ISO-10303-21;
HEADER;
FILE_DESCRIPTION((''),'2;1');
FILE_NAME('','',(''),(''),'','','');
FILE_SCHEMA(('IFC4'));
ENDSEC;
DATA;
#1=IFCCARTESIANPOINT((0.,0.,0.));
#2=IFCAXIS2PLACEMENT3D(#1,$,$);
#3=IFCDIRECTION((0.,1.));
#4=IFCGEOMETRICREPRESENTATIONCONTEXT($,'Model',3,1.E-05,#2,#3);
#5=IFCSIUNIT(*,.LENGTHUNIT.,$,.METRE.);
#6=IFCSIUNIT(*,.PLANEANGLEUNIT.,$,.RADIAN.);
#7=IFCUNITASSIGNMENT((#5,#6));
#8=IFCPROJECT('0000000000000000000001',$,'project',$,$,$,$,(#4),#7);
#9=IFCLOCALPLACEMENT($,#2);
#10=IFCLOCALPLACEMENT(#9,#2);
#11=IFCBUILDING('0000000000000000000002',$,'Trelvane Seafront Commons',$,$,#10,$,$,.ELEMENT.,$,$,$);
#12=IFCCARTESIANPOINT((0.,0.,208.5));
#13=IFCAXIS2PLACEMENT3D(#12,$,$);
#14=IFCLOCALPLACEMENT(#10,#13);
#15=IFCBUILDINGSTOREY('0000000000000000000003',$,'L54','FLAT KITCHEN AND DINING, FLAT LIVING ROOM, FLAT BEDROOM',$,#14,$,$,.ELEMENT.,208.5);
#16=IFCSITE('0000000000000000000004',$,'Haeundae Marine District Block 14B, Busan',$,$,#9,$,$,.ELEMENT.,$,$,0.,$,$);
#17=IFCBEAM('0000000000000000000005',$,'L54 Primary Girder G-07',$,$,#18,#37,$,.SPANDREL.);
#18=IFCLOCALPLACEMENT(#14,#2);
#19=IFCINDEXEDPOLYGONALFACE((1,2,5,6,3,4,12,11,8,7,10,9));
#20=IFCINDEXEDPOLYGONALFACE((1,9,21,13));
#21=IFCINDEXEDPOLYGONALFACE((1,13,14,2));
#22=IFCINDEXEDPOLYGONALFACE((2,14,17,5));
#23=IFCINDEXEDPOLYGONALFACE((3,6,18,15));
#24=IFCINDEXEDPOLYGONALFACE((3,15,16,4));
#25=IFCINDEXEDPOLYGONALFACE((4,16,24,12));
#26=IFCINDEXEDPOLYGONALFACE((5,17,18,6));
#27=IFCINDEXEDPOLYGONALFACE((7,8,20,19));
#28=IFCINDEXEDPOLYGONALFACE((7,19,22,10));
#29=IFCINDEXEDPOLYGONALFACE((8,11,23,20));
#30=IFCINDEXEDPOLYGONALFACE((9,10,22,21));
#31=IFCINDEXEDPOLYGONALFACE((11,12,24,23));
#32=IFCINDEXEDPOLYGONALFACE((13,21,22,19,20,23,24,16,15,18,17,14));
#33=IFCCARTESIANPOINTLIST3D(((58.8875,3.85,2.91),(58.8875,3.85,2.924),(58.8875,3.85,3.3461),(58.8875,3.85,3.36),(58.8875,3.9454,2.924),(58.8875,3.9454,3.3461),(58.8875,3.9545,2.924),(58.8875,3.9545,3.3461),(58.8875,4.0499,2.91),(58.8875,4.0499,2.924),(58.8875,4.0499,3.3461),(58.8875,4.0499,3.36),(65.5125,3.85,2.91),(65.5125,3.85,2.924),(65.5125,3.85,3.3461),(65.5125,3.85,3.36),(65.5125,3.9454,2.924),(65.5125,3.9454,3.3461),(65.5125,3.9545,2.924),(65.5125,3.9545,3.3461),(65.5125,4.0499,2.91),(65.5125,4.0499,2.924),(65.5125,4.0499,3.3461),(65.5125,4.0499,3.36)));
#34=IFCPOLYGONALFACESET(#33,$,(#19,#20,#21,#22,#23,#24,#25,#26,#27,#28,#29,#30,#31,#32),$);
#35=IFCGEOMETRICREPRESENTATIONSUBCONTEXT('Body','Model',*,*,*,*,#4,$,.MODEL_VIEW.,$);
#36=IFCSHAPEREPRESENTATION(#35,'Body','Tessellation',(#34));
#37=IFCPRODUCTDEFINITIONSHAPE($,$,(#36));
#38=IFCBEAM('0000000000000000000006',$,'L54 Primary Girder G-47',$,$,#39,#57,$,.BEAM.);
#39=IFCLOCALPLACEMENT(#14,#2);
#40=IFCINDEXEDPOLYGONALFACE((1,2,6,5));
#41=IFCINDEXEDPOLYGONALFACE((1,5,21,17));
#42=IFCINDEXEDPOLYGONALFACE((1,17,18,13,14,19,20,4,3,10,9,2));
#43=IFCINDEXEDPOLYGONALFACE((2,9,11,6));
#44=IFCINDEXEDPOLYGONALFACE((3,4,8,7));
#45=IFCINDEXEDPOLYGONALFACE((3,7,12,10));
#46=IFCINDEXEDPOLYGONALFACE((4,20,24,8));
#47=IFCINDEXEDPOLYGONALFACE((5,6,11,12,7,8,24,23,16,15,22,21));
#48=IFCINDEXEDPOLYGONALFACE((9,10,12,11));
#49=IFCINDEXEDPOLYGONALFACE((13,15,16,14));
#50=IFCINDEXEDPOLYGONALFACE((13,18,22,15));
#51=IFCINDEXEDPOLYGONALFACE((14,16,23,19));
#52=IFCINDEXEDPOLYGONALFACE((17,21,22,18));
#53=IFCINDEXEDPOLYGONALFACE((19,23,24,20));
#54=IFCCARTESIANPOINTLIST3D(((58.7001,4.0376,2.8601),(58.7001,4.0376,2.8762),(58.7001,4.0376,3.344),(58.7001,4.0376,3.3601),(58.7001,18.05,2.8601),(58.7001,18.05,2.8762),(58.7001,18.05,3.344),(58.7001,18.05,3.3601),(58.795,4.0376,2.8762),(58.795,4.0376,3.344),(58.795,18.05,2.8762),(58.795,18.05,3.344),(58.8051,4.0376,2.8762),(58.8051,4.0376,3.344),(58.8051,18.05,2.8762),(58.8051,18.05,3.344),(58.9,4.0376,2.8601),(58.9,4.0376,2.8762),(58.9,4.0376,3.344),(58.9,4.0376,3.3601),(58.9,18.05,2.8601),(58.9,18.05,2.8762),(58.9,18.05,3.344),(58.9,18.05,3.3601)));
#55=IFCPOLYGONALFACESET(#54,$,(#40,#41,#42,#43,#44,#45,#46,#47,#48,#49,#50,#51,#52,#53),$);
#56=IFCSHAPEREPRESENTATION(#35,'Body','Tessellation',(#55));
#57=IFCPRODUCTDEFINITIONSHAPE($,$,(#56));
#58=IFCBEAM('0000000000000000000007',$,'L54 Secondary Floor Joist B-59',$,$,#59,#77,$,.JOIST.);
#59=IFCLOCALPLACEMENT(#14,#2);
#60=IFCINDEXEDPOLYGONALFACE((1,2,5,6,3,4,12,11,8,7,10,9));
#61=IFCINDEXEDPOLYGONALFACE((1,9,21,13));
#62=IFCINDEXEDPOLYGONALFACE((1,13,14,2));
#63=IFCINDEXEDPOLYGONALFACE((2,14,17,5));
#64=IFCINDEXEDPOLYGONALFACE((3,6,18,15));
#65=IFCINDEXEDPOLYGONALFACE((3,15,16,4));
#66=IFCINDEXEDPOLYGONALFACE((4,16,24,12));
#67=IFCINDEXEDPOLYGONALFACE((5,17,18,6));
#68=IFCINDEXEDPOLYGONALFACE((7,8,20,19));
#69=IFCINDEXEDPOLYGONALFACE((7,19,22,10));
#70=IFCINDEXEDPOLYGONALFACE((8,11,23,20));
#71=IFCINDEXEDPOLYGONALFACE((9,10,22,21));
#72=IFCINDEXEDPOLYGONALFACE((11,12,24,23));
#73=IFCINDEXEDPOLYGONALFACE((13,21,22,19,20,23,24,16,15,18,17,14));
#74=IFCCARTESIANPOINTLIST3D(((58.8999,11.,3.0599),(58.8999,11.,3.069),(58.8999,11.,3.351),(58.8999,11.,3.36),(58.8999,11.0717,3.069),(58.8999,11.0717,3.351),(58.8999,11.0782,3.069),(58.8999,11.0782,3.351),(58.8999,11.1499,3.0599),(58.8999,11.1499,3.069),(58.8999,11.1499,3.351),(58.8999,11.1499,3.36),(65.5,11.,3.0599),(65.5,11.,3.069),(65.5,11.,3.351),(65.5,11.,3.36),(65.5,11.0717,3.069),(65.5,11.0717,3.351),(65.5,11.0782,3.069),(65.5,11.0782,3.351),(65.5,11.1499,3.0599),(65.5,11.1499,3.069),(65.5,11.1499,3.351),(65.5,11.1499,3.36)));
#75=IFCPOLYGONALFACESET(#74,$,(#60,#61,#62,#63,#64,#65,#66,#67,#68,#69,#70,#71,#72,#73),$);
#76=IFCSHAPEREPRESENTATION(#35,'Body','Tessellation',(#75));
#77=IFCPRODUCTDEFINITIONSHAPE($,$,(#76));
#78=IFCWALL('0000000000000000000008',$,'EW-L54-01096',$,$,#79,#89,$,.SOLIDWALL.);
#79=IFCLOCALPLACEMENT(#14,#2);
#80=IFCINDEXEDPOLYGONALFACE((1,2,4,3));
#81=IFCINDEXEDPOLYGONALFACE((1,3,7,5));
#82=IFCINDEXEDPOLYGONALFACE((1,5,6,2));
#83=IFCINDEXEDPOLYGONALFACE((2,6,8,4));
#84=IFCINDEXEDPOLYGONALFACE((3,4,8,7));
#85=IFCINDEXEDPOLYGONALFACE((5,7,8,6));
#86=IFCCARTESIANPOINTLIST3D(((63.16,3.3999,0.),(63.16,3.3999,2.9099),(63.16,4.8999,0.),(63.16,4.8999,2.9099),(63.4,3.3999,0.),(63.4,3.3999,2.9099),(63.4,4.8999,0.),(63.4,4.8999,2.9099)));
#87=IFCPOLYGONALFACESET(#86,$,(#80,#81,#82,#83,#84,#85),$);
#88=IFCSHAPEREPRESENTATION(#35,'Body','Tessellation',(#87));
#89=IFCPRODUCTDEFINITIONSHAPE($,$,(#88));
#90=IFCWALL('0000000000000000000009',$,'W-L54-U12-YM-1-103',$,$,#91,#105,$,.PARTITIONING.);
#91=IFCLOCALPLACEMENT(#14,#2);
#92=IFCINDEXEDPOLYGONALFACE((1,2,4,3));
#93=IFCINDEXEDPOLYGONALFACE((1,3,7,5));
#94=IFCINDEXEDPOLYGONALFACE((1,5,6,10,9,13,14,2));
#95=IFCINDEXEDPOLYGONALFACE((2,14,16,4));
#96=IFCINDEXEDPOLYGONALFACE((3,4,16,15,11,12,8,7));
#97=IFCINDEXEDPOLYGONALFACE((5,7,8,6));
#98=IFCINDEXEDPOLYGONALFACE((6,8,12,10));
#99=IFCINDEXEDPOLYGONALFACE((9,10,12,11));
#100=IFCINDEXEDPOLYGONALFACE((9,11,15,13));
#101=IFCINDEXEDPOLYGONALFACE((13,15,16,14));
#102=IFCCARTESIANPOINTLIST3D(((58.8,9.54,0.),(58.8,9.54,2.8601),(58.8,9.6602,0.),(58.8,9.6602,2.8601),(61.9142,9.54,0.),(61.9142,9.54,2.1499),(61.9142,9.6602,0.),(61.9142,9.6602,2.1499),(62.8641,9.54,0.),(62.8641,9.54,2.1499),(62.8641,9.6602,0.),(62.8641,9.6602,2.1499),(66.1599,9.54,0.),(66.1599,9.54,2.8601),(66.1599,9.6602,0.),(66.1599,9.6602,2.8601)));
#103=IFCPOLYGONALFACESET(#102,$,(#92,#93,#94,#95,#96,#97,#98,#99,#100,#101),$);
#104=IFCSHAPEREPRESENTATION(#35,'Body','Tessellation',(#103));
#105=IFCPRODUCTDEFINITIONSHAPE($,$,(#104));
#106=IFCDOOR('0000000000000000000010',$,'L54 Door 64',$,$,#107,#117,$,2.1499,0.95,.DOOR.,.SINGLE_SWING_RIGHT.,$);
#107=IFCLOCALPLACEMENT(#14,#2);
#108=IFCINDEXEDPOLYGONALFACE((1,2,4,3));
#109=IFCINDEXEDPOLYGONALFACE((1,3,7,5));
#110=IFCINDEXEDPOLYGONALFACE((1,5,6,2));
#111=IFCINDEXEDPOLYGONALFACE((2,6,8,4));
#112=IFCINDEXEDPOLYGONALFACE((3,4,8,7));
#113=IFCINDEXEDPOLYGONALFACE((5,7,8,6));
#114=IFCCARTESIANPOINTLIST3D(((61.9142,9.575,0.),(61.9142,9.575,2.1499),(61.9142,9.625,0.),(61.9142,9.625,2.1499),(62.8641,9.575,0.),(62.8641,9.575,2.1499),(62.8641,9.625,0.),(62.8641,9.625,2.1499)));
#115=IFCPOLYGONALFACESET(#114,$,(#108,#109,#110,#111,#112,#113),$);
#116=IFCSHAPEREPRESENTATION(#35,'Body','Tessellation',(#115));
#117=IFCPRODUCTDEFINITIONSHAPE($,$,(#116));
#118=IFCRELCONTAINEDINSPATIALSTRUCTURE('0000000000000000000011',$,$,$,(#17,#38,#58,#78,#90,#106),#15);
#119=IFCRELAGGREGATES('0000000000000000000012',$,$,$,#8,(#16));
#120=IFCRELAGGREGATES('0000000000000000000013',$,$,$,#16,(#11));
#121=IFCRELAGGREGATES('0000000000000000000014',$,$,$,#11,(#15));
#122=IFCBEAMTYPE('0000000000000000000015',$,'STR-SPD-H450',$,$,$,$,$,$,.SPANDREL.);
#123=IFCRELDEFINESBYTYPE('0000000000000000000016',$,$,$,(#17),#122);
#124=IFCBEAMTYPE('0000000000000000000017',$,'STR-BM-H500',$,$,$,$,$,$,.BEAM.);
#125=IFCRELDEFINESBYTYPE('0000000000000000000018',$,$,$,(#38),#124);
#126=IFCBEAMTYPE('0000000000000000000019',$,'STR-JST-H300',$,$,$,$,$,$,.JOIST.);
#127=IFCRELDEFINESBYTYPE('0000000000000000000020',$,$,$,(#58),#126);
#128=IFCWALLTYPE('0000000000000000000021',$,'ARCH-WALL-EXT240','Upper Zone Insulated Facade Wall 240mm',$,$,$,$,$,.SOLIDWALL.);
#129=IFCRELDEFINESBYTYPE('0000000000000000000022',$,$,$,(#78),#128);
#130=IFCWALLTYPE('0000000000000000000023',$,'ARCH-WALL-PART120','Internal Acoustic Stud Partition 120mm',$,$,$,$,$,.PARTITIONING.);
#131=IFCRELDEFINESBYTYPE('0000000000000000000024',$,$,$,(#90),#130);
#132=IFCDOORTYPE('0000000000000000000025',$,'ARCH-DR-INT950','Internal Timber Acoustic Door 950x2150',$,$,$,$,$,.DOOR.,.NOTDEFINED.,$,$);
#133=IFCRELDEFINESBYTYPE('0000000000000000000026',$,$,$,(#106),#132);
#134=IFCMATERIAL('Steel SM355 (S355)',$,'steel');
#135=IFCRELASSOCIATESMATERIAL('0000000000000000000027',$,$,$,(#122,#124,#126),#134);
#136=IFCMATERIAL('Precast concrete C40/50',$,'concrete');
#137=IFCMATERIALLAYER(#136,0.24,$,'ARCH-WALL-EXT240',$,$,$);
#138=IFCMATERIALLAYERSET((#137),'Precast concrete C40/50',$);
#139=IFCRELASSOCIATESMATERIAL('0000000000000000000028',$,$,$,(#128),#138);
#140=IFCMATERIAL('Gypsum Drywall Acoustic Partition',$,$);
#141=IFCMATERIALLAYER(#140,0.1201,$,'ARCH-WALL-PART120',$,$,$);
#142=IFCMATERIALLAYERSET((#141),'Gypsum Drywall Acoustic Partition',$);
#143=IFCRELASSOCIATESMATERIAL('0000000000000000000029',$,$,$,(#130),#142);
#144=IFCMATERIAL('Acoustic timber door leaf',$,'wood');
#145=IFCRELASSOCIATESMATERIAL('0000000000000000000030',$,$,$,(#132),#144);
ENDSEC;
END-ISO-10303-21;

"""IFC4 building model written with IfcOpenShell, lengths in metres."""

from ifc_helpers import new_model, si_unit, direction, frame, frame_2d, origin, origin_2d, place, context, subcontext, project, spatial, rectangle, i_section, extrude, source, transform, mapped, material, layer, layer_set, material_profile, profile_set, type_object, element, fill, save


model = new_model("IFC4")

# Units and contexts
model_context = context("Model", 3, precision=1e-05, world=origin(), true_north=direction((0.0, 1.0)))
body_context = subcontext(model_context, "Body", "Model", "MODEL_VIEW")
ifc_project = project(units=[si_unit("LENGTHUNIT", "METRE"), si_unit("PLANEANGLEUNIT", "RADIAN")], contexts=[model_context])

# Site, building, storey
site_placement = place(None, origin())
site = spatial("IfcSite", under=ifc_project, at=site_placement, Name="Haeundae Marine District Block 14B, Busan", CompositionType="ELEMENT", RefElevation=0.0)
building_placement = place(site_placement, origin())
building = spatial("IfcBuilding", under=site, at=building_placement, Name="Trelvane Seafront Commons", CompositionType="ELEMENT")
storey_placement = place(building_placement, frame((0.0, 0.0, 208.5)))
storey = spatial("IfcBuildingStorey", under=building, at=storey_placement, Name="L54", Description="FLAT KITCHEN AND DINING, FLAT LIVING ROOM, FLAT BEDROOM", CompositionType="ELEMENT", Elevation=208.5)

# Beams
ifc_material_1 = material(Name="Steel SM355 (S355)", Category="steel")
ifc_material_profile_1 = material_profile(ifc_material_1, i_section(OverallWidth=0.2, OverallDepth=0.45, WebThickness=0.009, FlangeThickness=0.0139, at=origin_2d()), Name="H-450x200x9x14")
ifc_profile_set_1 = profile_set([ifc_material_profile_1], Name="Steel SM355 (S355)")
beam_type_1 = type_object("IfcBeamType", Name="STR-SPD-H450", PredefinedType="SPANDREL", material=ifc_profile_set_1)
shared_shape_1 = source(origin(), body_context, "Body", "SweptSolid", [
    extrude(i_section(OverallWidth=0.2, OverallDepth=0.45, WebThickness=0.009, FlangeThickness=0.0139, at=origin_2d()), origin(), (0.0, 0.0, 1.0), 6.625),
])
beam_1_placement = place(storey_placement, frame((58.8875, 3.95, 3.135), z_axis=(1.0, 0.0, 0.0), x_axis=(0.0, 1.0, 0.0)))
element("IfcBeam", 1, at=beam_1_placement, inside=storey, type_object=beam_type_1, Name="L54 Primary Girder G-07", PredefinedType="SPANDREL", context=body_context, shape_type="MappedRepresentation", body=[
    mapped(shared_shape_1, transform((0.0, 0.0, 0.0), x_axis=(1.0, 0.0, 0.0), y_axis=(0.0, 1.0, 0.0), z_axis=(0.0, 0.0, 1.0), scale=1.0)),
])
ifc_material_profile_2 = material_profile(ifc_material_1, i_section(OverallWidth=0.2, OverallDepth=0.5, WebThickness=0.01, FlangeThickness=0.0161, at=origin_2d()), Name="H-500x200x10x16")
ifc_profile_set_2 = profile_set([ifc_material_profile_2], Name="Steel SM355 (S355)")
beam_type_2 = type_object("IfcBeamType", Name="STR-BM-H500", PredefinedType="BEAM", material=ifc_profile_set_2)
shared_shape_2 = source(origin(), body_context, "Body", "SweptSolid", [
    extrude(i_section(OverallWidth=0.2, OverallDepth=0.5, WebThickness=0.01, FlangeThickness=0.0161, at=origin_2d()), origin(), (0.0, 0.0, 1.0), 14.0125),
])
beam_2_placement = place(storey_placement, frame((58.8, 4.0376, 3.1101), z_axis=(0.0, 1.0, 0.0), x_axis=(-1.0, 0.0, 0.0)))
element("IfcBeam", 2, at=beam_2_placement, inside=storey, type_object=beam_type_2, Name="L54 Primary Girder G-47", PredefinedType="BEAM", context=body_context, shape_type="MappedRepresentation", body=[
    mapped(shared_shape_2, transform((0.0, 0.0, 0.0), x_axis=(1.0, 0.0, 0.0), y_axis=(0.0, 1.0, 0.0), z_axis=(0.0, 0.0, 1.0), scale=1.0)),
])
ifc_material_profile_3 = material_profile(ifc_material_1, i_section(OverallWidth=0.1499, OverallDepth=0.3, WebThickness=0.0066, FlangeThickness=0.009, at=origin_2d()), Name="H-300x150x6.5x9")
ifc_profile_set_3 = profile_set([ifc_material_profile_3], Name="Steel SM355 (S355)")
beam_type_3 = type_object("IfcBeamType", Name="STR-JST-H300", PredefinedType="JOIST", material=ifc_profile_set_3)
shared_shape_3 = source(origin(), body_context, "Body", "SweptSolid", [
    extrude(i_section(OverallWidth=0.1499, OverallDepth=0.3, WebThickness=0.0066, FlangeThickness=0.009, at=origin_2d()), origin(), (0.0, 0.0, 1.0), 6.6001),
])
beam_3_placement = place(storey_placement, frame((58.8999, 11.075, 3.21), z_axis=(1.0, 0.0, 0.0), x_axis=(0.0, 1.0, 0.0)))
element("IfcBeam", 3, at=beam_3_placement, inside=storey, type_object=beam_type_3, Name="L54 Secondary Floor Joist B-59", PredefinedType="JOIST", context=body_context, shape_type="MappedRepresentation", body=[
    mapped(shared_shape_3, transform((0.0, 0.0, 0.0), x_axis=(1.0, 0.0, 0.0), y_axis=(0.0, 1.0, 0.0), z_axis=(0.0, 0.0, 1.0), scale=1.0)),
])

# Wall
ifc_material_2 = material(Name="Precast concrete C40/50", Category="concrete")
ifc_layer_1 = layer(ifc_material_2, 0.24, Name="ARCH-WALL-EXT240")
ifc_layer_set_1 = layer_set([ifc_layer_1], Name="Precast concrete C40/50")
wall_type_1 = type_object("IfcWallType", Name="ARCH-WALL-EXT240", Description="Upper Zone Insulated Facade Wall 240mm", PredefinedType="SOLIDWALL", material=ifc_layer_set_1)
wall_1_placement = place(storey_placement, frame((63.28, 4.8999, 0.0), z_axis=(0.0, 0.0, 1.0), x_axis=(0.0, -1.0, 0.0)))
element("IfcWall", 4, at=wall_1_placement, inside=storey, type_object=wall_type_1, Name="EW-L54-01096", PredefinedType="SOLIDWALL", context=body_context, shape_type="SweptSolid", body=[
    extrude(rectangle(XDim=1.5, YDim=0.24, at=frame_2d((0.75, 0.0))), origin(), (0.0, 0.0, 1.0), 2.9099),
])

# Wall, opening, door
ifc_material_3 = material(Name="Gypsum Drywall Acoustic Partition")
ifc_layer_2 = layer(ifc_material_3, 0.1201, Name="ARCH-WALL-PART120")
ifc_layer_set_2 = layer_set([ifc_layer_2], Name="Gypsum Drywall Acoustic Partition")
wall_type_2 = type_object("IfcWallType", Name="ARCH-WALL-PART120", Description="Internal Acoustic Stud Partition 120mm", PredefinedType="PARTITIONING", material=ifc_layer_set_2)
wall_2_placement = place(storey_placement, frame((58.8, 9.6001, 0.0), z_axis=(0.0, 0.0, 1.0), x_axis=(1.0, 0.0, 0.0)))
wall_2 = element("IfcWall", 5, at=wall_2_placement, inside=storey, type_object=wall_type_2, Name="W-L54-U12-YM-1-103", PredefinedType="PARTITIONING", context=body_context, shape_type="SweptSolid", body=[
    extrude(rectangle(XDim=7.3599, YDim=0.1201, at=frame_2d((3.6799, 0.0))), origin(), (0.0, 0.0, 1.0), 2.8601),
])
opening_placement = place(wall_2_placement, frame((3.114, 0.0, 0.0)))
opening = element("IfcOpeningElement", 6, at=opening_placement, cuts=wall_2, PredefinedType="OPENING", context=body_context, shape_type="SweptSolid", body=[
    extrude(rectangle(XDim=0.95, YDim=2.1499, at=frame_2d((0.4751, 1.075))), frame((0.0, 0.0701, 0.0), z_axis=(0.0, -1.0, 0.0), x_axis=(1.0, 0.0, 0.0)), (0.0, 0.0, 1.0), 0.1401),
])
ifc_material_4 = material(Name="Acoustic timber door leaf", Category="wood")
door_type = type_object("IfcDoorType", Name="ARCH-DR-INT950", Description="Internal Timber Acoustic Door 950x2150", OperationType="NOTDEFINED", PredefinedType="DOOR", material=ifc_material_4)
shared_shape_4 = source(origin(), body_context, "Body", "SweptSolid", [
    extrude(rectangle(XDim=0.95, YDim=2.1499, at=frame_2d((0.4751, 1.075))), frame((0.0, 0.0249, 0.0), z_axis=(0.0, -1.0, 0.0), x_axis=(1.0, 0.0, 0.0)), (0.0, 0.0, 1.0), 0.05),
])
door_placement = place(opening_placement, origin())
door = element("IfcDoor", 7, at=door_placement, inside=storey, type_object=door_type, Name="L54 Door 64", OperationType="SINGLE_SWING_RIGHT", OverallHeight=2.1499, OverallWidth=0.95, PredefinedType="DOOR", context=body_context, shape_type="MappedRepresentation", body=[
    mapped(shared_shape_4, transform((0.0, 0.0, 0.0), x_axis=(1.0, 0.0, 0.0), y_axis=(0.0, 1.0, 0.0), z_axis=(0.0, 0.0, 1.0), scale=1.0)),
])
fill(opening, door)

save(model, "model.ifc")
